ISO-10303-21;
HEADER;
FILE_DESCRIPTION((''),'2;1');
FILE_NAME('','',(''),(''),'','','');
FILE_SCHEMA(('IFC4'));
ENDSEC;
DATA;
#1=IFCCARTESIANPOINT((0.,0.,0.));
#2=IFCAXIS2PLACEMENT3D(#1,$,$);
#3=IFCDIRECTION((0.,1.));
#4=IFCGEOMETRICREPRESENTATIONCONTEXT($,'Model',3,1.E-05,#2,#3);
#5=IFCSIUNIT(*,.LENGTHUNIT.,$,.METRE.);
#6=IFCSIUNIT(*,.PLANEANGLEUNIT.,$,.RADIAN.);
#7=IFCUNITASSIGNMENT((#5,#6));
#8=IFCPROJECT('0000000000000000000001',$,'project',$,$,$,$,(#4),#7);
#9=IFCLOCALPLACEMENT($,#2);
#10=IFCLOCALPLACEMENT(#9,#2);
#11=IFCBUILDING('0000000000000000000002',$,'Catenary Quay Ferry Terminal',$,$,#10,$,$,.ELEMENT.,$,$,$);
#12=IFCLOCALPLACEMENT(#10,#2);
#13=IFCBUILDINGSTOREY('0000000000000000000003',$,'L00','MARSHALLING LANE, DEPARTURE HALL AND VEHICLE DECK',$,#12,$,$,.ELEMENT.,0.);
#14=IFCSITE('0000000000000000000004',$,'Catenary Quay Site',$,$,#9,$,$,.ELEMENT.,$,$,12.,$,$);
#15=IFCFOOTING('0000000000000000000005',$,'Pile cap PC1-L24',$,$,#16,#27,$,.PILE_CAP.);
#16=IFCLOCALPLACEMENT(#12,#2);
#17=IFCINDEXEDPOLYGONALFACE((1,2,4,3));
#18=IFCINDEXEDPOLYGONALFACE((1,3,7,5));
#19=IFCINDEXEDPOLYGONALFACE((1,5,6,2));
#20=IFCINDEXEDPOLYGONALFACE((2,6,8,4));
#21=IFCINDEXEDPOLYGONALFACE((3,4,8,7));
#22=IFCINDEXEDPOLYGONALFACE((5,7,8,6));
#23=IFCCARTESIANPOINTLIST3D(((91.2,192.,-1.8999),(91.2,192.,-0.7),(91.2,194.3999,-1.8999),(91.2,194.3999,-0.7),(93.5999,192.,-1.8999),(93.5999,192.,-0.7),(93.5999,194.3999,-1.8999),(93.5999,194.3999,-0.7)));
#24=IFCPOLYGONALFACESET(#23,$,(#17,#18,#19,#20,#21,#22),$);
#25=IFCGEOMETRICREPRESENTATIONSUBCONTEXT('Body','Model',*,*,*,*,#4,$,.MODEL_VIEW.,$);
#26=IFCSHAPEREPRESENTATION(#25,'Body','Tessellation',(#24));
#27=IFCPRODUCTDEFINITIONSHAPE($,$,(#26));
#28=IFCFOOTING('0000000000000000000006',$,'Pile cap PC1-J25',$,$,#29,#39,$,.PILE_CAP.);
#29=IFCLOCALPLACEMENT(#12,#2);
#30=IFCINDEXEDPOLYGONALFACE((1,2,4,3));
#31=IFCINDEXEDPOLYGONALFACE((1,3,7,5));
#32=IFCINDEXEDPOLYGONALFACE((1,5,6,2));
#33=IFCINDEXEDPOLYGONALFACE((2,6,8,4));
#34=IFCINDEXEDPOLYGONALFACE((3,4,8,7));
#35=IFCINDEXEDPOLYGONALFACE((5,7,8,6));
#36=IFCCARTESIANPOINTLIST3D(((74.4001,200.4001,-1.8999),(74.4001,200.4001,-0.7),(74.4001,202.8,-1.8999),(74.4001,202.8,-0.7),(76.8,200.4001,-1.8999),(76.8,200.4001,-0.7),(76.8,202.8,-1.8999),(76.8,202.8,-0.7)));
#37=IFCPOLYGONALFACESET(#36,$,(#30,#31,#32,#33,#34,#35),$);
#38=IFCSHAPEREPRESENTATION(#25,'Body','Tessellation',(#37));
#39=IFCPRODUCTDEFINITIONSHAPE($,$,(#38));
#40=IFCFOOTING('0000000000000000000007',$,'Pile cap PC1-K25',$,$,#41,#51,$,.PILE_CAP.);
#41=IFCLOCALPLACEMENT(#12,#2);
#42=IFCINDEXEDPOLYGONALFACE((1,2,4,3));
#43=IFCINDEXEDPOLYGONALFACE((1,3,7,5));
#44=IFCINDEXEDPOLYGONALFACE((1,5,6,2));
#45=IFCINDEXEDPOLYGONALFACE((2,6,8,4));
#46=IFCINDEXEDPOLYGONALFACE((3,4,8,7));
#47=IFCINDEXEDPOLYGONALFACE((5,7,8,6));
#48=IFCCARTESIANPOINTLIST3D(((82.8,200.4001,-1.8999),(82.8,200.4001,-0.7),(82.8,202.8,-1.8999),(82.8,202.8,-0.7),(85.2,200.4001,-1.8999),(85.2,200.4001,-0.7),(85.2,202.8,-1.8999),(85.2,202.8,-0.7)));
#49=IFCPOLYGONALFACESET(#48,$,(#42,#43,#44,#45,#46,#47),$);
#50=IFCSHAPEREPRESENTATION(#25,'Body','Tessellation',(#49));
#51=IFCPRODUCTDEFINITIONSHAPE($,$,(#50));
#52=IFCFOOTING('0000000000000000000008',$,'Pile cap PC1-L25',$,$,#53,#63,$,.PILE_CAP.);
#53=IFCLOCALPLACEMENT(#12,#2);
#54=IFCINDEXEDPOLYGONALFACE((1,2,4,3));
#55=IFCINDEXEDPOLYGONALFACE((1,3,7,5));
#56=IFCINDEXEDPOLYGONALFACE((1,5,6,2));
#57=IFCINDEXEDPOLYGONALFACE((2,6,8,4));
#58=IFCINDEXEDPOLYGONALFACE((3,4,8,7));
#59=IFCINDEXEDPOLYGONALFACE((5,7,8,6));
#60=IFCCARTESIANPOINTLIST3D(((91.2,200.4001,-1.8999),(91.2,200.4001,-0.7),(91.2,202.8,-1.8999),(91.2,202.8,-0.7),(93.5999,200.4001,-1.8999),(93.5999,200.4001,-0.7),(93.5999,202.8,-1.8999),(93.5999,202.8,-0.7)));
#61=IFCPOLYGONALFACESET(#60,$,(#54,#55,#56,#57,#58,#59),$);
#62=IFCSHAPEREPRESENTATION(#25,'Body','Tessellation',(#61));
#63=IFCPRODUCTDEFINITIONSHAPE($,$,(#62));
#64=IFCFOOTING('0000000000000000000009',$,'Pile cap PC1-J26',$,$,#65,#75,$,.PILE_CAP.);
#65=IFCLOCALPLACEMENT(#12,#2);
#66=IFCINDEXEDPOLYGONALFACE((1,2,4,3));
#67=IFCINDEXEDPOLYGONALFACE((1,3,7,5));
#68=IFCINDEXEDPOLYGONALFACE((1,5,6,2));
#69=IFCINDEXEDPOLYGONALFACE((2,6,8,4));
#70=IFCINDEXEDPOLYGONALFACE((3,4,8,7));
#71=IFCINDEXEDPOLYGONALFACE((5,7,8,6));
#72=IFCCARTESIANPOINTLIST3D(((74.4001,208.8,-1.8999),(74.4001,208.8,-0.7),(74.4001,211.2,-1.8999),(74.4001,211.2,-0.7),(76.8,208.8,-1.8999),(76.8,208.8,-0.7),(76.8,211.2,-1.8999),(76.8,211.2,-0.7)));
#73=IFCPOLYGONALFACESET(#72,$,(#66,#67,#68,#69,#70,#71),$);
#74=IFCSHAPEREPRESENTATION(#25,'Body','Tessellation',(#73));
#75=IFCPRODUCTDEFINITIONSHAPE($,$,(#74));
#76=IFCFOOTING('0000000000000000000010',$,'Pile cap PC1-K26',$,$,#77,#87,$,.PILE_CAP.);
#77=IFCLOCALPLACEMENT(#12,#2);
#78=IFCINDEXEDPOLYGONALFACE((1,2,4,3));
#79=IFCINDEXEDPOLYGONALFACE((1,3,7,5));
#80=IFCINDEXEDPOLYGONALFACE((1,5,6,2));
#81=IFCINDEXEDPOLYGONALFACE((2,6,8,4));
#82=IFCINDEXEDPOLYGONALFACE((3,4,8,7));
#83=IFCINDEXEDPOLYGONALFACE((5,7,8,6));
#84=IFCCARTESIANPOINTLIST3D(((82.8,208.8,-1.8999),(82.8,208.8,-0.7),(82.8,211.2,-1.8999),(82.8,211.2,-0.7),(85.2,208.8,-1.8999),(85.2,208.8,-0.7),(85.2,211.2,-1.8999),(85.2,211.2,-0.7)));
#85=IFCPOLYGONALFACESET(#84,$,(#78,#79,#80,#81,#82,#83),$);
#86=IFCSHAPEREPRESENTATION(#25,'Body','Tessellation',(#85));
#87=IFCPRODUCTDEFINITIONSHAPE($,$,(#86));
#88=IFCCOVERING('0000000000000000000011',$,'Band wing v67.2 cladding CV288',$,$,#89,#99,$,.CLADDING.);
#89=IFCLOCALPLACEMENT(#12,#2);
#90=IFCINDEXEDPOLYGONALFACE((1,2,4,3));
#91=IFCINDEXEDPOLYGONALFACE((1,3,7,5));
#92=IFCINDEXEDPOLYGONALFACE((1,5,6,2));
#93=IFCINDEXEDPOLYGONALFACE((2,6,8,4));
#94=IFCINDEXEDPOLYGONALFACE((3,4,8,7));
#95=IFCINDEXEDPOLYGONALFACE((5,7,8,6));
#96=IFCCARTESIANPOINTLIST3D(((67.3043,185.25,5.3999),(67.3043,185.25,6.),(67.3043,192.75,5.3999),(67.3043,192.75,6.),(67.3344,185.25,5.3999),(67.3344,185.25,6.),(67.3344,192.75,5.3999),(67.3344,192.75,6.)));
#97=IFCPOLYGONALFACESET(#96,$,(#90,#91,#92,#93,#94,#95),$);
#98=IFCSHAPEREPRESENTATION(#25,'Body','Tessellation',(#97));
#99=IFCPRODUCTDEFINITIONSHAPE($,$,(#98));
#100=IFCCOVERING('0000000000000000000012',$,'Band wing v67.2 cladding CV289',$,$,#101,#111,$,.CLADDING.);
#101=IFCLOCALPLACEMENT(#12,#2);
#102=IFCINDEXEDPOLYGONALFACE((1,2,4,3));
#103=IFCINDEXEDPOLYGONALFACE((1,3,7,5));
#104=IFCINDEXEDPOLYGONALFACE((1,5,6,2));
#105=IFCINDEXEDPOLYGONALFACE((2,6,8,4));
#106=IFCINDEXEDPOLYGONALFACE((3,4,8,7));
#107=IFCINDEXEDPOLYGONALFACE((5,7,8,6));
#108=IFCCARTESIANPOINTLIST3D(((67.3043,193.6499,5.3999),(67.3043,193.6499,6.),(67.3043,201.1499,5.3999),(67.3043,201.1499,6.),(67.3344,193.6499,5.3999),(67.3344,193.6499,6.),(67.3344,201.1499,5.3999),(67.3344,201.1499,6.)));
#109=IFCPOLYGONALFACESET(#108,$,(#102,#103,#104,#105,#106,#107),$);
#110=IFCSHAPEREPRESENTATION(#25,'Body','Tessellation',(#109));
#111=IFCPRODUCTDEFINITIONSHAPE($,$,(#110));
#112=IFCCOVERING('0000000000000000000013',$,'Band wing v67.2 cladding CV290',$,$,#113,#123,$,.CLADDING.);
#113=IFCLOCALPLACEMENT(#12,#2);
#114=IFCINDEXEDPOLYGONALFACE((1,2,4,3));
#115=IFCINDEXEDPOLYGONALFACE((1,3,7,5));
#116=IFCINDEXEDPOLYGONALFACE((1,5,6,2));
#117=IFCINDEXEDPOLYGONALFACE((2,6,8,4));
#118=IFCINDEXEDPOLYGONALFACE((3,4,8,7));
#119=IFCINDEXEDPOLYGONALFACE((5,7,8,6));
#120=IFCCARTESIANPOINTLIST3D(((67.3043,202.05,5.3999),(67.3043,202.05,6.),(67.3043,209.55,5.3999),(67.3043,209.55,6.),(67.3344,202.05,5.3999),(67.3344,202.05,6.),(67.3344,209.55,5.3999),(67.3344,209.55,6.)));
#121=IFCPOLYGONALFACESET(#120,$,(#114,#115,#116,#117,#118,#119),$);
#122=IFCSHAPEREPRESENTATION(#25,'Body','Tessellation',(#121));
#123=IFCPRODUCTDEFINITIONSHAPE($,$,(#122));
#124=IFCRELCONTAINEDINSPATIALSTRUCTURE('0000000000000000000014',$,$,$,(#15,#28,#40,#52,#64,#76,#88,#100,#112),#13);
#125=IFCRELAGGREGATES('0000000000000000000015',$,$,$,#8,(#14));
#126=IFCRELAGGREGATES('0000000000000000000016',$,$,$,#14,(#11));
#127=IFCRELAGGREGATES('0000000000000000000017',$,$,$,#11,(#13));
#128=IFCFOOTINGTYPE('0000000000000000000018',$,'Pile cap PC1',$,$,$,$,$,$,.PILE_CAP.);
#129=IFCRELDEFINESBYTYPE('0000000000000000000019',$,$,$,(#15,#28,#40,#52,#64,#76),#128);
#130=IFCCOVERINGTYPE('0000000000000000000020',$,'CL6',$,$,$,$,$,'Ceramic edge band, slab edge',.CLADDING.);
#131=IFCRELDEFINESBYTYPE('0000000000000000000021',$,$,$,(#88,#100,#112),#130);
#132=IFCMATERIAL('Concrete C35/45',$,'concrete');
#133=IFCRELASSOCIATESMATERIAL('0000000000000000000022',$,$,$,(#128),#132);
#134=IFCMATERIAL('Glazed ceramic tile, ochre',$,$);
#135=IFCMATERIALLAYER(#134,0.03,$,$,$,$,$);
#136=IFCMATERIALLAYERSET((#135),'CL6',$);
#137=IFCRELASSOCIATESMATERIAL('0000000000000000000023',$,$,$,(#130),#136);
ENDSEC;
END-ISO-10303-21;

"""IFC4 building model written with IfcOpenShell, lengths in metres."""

from ifc_helpers import new_model, si_unit, direction, frame, origin, origin_2d, place, context, subcontext, project, spatial, rectangle, extrude, material, layer, layer_set, type_object, element, save


model = new_model("IFC4")

# Units and contexts
model_context = context("Model", 3, precision=1e-05, world=origin(), true_north=direction((0.0, 1.0)))
body_context = subcontext(model_context, "Body", "Model", "MODEL_VIEW")
ifc_project = project(units=[si_unit("LENGTHUNIT", "METRE"), si_unit("PLANEANGLEUNIT", "RADIAN")], contexts=[model_context])

# Site, building, storey
site_placement = place(None, origin())
site = spatial("IfcSite", under=ifc_project, at=site_placement, Name="Catenary Quay Site", CompositionType="ELEMENT", RefElevation=12.0)
building_placement = place(site_placement, origin())
building = spatial("IfcBuilding", under=site, at=building_placement, Name="Catenary Quay Ferry Terminal", CompositionType="ELEMENT")
storey_placement = place(building_placement, origin())
storey = spatial("IfcBuildingStorey", under=building, at=storey_placement, Name="L00", Description="MARSHALLING LANE, DEPARTURE HALL AND VEHICLE DECK", CompositionType="ELEMENT", Elevation=0.0)

# Footings
ifc_material_1 = material(Name="Concrete C35/45", Category="concrete")
footing_type = type_object("IfcFootingType", Name="Pile cap PC1", PredefinedType="PILE_CAP", material=ifc_material_1)
for number, where, z_axis, x_axis, name in (
    (1, (92.3999, 193.2, -1.8999), (0.0, 0.0, 1.0), (1.0, 0.0, 0.0), "Pile cap PC1-L24"),
    (2, (75.6001, 201.6001, -1.8999), (0.0, 0.0, 1.0), (1.0, 0.0, 0.0), "Pile cap PC1-J25"),
    (3, (84.0, 201.6001, -1.8999), (0.0, 0.0, 1.0), (1.0, 0.0, 0.0), "Pile cap PC1-K25"),
    (4, (92.3999, 201.6001, -1.8999), (0.0, 0.0, 1.0), (1.0, 0.0, 0.0), "Pile cap PC1-L25"),
    (5, (75.6001, 210.0, -1.8999), (0.0, 0.0, 1.0), (1.0, 0.0, 0.0), "Pile cap PC1-J26"),
    (6, (84.0, 210.0, -1.8999), (0.0, 0.0, 1.0), (1.0, 0.0, 0.0), "Pile cap PC1-K26"),
):
    element("IfcFooting", number, at=place(storey_placement, frame(where, z_axis=z_axis, x_axis=x_axis)), inside=storey, type_object=footing_type, Name=name, PredefinedType="PILE_CAP", context=body_context, shape_type="SweptSolid", body=[
        extrude(rectangle(XDim=2.3999, YDim=2.3999, at=origin_2d()), origin(), (0.0, 0.0, 1.0), 1.2),
    ])

# Coverings
ifc_material_2 = material(Name="Glazed ceramic tile, ochre")
ifc_layer = layer(ifc_material_2, 0.03)
ifc_layer_set = layer_set([ifc_layer], Name="CL6")
covering_type = type_object("IfcCoveringType", Name="CL6", ElementType="Ceramic edge band, slab edge", PredefinedType="CLADDING", material=ifc_layer_set)
for number, where, z_axis, x_axis, name in (
    (7, (67.3193, 189.0, 5.3999), (0.0, 0.0, 1.0), (1.0, 0.0, 0.0), "Band wing v67.2 cladding CV288"),
    (8, (67.3193, 197.3999, 5.3999), (0.0, 0.0, 1.0), (1.0, 0.0, 0.0), "Band wing v67.2 cladding CV289"),
    (9, (67.3193, 205.8, 5.3999), (0.0, 0.0, 1.0), (1.0, 0.0, 0.0), "Band wing v67.2 cladding CV290"),
):
    element("IfcCovering", number, at=place(storey_placement, frame(where, z_axis=z_axis, x_axis=x_axis)), inside=storey, type_object=covering_type, Name=name, PredefinedType="CLADDING", context=body_context, shape_type="SweptSolid", body=[
        extrude(rectangle(XDim=0.03, YDim=7.5, at=origin_2d()), origin(), (0.0, 0.0, 1.0), 0.6001),
    ])

save(model, "model.ifc")
